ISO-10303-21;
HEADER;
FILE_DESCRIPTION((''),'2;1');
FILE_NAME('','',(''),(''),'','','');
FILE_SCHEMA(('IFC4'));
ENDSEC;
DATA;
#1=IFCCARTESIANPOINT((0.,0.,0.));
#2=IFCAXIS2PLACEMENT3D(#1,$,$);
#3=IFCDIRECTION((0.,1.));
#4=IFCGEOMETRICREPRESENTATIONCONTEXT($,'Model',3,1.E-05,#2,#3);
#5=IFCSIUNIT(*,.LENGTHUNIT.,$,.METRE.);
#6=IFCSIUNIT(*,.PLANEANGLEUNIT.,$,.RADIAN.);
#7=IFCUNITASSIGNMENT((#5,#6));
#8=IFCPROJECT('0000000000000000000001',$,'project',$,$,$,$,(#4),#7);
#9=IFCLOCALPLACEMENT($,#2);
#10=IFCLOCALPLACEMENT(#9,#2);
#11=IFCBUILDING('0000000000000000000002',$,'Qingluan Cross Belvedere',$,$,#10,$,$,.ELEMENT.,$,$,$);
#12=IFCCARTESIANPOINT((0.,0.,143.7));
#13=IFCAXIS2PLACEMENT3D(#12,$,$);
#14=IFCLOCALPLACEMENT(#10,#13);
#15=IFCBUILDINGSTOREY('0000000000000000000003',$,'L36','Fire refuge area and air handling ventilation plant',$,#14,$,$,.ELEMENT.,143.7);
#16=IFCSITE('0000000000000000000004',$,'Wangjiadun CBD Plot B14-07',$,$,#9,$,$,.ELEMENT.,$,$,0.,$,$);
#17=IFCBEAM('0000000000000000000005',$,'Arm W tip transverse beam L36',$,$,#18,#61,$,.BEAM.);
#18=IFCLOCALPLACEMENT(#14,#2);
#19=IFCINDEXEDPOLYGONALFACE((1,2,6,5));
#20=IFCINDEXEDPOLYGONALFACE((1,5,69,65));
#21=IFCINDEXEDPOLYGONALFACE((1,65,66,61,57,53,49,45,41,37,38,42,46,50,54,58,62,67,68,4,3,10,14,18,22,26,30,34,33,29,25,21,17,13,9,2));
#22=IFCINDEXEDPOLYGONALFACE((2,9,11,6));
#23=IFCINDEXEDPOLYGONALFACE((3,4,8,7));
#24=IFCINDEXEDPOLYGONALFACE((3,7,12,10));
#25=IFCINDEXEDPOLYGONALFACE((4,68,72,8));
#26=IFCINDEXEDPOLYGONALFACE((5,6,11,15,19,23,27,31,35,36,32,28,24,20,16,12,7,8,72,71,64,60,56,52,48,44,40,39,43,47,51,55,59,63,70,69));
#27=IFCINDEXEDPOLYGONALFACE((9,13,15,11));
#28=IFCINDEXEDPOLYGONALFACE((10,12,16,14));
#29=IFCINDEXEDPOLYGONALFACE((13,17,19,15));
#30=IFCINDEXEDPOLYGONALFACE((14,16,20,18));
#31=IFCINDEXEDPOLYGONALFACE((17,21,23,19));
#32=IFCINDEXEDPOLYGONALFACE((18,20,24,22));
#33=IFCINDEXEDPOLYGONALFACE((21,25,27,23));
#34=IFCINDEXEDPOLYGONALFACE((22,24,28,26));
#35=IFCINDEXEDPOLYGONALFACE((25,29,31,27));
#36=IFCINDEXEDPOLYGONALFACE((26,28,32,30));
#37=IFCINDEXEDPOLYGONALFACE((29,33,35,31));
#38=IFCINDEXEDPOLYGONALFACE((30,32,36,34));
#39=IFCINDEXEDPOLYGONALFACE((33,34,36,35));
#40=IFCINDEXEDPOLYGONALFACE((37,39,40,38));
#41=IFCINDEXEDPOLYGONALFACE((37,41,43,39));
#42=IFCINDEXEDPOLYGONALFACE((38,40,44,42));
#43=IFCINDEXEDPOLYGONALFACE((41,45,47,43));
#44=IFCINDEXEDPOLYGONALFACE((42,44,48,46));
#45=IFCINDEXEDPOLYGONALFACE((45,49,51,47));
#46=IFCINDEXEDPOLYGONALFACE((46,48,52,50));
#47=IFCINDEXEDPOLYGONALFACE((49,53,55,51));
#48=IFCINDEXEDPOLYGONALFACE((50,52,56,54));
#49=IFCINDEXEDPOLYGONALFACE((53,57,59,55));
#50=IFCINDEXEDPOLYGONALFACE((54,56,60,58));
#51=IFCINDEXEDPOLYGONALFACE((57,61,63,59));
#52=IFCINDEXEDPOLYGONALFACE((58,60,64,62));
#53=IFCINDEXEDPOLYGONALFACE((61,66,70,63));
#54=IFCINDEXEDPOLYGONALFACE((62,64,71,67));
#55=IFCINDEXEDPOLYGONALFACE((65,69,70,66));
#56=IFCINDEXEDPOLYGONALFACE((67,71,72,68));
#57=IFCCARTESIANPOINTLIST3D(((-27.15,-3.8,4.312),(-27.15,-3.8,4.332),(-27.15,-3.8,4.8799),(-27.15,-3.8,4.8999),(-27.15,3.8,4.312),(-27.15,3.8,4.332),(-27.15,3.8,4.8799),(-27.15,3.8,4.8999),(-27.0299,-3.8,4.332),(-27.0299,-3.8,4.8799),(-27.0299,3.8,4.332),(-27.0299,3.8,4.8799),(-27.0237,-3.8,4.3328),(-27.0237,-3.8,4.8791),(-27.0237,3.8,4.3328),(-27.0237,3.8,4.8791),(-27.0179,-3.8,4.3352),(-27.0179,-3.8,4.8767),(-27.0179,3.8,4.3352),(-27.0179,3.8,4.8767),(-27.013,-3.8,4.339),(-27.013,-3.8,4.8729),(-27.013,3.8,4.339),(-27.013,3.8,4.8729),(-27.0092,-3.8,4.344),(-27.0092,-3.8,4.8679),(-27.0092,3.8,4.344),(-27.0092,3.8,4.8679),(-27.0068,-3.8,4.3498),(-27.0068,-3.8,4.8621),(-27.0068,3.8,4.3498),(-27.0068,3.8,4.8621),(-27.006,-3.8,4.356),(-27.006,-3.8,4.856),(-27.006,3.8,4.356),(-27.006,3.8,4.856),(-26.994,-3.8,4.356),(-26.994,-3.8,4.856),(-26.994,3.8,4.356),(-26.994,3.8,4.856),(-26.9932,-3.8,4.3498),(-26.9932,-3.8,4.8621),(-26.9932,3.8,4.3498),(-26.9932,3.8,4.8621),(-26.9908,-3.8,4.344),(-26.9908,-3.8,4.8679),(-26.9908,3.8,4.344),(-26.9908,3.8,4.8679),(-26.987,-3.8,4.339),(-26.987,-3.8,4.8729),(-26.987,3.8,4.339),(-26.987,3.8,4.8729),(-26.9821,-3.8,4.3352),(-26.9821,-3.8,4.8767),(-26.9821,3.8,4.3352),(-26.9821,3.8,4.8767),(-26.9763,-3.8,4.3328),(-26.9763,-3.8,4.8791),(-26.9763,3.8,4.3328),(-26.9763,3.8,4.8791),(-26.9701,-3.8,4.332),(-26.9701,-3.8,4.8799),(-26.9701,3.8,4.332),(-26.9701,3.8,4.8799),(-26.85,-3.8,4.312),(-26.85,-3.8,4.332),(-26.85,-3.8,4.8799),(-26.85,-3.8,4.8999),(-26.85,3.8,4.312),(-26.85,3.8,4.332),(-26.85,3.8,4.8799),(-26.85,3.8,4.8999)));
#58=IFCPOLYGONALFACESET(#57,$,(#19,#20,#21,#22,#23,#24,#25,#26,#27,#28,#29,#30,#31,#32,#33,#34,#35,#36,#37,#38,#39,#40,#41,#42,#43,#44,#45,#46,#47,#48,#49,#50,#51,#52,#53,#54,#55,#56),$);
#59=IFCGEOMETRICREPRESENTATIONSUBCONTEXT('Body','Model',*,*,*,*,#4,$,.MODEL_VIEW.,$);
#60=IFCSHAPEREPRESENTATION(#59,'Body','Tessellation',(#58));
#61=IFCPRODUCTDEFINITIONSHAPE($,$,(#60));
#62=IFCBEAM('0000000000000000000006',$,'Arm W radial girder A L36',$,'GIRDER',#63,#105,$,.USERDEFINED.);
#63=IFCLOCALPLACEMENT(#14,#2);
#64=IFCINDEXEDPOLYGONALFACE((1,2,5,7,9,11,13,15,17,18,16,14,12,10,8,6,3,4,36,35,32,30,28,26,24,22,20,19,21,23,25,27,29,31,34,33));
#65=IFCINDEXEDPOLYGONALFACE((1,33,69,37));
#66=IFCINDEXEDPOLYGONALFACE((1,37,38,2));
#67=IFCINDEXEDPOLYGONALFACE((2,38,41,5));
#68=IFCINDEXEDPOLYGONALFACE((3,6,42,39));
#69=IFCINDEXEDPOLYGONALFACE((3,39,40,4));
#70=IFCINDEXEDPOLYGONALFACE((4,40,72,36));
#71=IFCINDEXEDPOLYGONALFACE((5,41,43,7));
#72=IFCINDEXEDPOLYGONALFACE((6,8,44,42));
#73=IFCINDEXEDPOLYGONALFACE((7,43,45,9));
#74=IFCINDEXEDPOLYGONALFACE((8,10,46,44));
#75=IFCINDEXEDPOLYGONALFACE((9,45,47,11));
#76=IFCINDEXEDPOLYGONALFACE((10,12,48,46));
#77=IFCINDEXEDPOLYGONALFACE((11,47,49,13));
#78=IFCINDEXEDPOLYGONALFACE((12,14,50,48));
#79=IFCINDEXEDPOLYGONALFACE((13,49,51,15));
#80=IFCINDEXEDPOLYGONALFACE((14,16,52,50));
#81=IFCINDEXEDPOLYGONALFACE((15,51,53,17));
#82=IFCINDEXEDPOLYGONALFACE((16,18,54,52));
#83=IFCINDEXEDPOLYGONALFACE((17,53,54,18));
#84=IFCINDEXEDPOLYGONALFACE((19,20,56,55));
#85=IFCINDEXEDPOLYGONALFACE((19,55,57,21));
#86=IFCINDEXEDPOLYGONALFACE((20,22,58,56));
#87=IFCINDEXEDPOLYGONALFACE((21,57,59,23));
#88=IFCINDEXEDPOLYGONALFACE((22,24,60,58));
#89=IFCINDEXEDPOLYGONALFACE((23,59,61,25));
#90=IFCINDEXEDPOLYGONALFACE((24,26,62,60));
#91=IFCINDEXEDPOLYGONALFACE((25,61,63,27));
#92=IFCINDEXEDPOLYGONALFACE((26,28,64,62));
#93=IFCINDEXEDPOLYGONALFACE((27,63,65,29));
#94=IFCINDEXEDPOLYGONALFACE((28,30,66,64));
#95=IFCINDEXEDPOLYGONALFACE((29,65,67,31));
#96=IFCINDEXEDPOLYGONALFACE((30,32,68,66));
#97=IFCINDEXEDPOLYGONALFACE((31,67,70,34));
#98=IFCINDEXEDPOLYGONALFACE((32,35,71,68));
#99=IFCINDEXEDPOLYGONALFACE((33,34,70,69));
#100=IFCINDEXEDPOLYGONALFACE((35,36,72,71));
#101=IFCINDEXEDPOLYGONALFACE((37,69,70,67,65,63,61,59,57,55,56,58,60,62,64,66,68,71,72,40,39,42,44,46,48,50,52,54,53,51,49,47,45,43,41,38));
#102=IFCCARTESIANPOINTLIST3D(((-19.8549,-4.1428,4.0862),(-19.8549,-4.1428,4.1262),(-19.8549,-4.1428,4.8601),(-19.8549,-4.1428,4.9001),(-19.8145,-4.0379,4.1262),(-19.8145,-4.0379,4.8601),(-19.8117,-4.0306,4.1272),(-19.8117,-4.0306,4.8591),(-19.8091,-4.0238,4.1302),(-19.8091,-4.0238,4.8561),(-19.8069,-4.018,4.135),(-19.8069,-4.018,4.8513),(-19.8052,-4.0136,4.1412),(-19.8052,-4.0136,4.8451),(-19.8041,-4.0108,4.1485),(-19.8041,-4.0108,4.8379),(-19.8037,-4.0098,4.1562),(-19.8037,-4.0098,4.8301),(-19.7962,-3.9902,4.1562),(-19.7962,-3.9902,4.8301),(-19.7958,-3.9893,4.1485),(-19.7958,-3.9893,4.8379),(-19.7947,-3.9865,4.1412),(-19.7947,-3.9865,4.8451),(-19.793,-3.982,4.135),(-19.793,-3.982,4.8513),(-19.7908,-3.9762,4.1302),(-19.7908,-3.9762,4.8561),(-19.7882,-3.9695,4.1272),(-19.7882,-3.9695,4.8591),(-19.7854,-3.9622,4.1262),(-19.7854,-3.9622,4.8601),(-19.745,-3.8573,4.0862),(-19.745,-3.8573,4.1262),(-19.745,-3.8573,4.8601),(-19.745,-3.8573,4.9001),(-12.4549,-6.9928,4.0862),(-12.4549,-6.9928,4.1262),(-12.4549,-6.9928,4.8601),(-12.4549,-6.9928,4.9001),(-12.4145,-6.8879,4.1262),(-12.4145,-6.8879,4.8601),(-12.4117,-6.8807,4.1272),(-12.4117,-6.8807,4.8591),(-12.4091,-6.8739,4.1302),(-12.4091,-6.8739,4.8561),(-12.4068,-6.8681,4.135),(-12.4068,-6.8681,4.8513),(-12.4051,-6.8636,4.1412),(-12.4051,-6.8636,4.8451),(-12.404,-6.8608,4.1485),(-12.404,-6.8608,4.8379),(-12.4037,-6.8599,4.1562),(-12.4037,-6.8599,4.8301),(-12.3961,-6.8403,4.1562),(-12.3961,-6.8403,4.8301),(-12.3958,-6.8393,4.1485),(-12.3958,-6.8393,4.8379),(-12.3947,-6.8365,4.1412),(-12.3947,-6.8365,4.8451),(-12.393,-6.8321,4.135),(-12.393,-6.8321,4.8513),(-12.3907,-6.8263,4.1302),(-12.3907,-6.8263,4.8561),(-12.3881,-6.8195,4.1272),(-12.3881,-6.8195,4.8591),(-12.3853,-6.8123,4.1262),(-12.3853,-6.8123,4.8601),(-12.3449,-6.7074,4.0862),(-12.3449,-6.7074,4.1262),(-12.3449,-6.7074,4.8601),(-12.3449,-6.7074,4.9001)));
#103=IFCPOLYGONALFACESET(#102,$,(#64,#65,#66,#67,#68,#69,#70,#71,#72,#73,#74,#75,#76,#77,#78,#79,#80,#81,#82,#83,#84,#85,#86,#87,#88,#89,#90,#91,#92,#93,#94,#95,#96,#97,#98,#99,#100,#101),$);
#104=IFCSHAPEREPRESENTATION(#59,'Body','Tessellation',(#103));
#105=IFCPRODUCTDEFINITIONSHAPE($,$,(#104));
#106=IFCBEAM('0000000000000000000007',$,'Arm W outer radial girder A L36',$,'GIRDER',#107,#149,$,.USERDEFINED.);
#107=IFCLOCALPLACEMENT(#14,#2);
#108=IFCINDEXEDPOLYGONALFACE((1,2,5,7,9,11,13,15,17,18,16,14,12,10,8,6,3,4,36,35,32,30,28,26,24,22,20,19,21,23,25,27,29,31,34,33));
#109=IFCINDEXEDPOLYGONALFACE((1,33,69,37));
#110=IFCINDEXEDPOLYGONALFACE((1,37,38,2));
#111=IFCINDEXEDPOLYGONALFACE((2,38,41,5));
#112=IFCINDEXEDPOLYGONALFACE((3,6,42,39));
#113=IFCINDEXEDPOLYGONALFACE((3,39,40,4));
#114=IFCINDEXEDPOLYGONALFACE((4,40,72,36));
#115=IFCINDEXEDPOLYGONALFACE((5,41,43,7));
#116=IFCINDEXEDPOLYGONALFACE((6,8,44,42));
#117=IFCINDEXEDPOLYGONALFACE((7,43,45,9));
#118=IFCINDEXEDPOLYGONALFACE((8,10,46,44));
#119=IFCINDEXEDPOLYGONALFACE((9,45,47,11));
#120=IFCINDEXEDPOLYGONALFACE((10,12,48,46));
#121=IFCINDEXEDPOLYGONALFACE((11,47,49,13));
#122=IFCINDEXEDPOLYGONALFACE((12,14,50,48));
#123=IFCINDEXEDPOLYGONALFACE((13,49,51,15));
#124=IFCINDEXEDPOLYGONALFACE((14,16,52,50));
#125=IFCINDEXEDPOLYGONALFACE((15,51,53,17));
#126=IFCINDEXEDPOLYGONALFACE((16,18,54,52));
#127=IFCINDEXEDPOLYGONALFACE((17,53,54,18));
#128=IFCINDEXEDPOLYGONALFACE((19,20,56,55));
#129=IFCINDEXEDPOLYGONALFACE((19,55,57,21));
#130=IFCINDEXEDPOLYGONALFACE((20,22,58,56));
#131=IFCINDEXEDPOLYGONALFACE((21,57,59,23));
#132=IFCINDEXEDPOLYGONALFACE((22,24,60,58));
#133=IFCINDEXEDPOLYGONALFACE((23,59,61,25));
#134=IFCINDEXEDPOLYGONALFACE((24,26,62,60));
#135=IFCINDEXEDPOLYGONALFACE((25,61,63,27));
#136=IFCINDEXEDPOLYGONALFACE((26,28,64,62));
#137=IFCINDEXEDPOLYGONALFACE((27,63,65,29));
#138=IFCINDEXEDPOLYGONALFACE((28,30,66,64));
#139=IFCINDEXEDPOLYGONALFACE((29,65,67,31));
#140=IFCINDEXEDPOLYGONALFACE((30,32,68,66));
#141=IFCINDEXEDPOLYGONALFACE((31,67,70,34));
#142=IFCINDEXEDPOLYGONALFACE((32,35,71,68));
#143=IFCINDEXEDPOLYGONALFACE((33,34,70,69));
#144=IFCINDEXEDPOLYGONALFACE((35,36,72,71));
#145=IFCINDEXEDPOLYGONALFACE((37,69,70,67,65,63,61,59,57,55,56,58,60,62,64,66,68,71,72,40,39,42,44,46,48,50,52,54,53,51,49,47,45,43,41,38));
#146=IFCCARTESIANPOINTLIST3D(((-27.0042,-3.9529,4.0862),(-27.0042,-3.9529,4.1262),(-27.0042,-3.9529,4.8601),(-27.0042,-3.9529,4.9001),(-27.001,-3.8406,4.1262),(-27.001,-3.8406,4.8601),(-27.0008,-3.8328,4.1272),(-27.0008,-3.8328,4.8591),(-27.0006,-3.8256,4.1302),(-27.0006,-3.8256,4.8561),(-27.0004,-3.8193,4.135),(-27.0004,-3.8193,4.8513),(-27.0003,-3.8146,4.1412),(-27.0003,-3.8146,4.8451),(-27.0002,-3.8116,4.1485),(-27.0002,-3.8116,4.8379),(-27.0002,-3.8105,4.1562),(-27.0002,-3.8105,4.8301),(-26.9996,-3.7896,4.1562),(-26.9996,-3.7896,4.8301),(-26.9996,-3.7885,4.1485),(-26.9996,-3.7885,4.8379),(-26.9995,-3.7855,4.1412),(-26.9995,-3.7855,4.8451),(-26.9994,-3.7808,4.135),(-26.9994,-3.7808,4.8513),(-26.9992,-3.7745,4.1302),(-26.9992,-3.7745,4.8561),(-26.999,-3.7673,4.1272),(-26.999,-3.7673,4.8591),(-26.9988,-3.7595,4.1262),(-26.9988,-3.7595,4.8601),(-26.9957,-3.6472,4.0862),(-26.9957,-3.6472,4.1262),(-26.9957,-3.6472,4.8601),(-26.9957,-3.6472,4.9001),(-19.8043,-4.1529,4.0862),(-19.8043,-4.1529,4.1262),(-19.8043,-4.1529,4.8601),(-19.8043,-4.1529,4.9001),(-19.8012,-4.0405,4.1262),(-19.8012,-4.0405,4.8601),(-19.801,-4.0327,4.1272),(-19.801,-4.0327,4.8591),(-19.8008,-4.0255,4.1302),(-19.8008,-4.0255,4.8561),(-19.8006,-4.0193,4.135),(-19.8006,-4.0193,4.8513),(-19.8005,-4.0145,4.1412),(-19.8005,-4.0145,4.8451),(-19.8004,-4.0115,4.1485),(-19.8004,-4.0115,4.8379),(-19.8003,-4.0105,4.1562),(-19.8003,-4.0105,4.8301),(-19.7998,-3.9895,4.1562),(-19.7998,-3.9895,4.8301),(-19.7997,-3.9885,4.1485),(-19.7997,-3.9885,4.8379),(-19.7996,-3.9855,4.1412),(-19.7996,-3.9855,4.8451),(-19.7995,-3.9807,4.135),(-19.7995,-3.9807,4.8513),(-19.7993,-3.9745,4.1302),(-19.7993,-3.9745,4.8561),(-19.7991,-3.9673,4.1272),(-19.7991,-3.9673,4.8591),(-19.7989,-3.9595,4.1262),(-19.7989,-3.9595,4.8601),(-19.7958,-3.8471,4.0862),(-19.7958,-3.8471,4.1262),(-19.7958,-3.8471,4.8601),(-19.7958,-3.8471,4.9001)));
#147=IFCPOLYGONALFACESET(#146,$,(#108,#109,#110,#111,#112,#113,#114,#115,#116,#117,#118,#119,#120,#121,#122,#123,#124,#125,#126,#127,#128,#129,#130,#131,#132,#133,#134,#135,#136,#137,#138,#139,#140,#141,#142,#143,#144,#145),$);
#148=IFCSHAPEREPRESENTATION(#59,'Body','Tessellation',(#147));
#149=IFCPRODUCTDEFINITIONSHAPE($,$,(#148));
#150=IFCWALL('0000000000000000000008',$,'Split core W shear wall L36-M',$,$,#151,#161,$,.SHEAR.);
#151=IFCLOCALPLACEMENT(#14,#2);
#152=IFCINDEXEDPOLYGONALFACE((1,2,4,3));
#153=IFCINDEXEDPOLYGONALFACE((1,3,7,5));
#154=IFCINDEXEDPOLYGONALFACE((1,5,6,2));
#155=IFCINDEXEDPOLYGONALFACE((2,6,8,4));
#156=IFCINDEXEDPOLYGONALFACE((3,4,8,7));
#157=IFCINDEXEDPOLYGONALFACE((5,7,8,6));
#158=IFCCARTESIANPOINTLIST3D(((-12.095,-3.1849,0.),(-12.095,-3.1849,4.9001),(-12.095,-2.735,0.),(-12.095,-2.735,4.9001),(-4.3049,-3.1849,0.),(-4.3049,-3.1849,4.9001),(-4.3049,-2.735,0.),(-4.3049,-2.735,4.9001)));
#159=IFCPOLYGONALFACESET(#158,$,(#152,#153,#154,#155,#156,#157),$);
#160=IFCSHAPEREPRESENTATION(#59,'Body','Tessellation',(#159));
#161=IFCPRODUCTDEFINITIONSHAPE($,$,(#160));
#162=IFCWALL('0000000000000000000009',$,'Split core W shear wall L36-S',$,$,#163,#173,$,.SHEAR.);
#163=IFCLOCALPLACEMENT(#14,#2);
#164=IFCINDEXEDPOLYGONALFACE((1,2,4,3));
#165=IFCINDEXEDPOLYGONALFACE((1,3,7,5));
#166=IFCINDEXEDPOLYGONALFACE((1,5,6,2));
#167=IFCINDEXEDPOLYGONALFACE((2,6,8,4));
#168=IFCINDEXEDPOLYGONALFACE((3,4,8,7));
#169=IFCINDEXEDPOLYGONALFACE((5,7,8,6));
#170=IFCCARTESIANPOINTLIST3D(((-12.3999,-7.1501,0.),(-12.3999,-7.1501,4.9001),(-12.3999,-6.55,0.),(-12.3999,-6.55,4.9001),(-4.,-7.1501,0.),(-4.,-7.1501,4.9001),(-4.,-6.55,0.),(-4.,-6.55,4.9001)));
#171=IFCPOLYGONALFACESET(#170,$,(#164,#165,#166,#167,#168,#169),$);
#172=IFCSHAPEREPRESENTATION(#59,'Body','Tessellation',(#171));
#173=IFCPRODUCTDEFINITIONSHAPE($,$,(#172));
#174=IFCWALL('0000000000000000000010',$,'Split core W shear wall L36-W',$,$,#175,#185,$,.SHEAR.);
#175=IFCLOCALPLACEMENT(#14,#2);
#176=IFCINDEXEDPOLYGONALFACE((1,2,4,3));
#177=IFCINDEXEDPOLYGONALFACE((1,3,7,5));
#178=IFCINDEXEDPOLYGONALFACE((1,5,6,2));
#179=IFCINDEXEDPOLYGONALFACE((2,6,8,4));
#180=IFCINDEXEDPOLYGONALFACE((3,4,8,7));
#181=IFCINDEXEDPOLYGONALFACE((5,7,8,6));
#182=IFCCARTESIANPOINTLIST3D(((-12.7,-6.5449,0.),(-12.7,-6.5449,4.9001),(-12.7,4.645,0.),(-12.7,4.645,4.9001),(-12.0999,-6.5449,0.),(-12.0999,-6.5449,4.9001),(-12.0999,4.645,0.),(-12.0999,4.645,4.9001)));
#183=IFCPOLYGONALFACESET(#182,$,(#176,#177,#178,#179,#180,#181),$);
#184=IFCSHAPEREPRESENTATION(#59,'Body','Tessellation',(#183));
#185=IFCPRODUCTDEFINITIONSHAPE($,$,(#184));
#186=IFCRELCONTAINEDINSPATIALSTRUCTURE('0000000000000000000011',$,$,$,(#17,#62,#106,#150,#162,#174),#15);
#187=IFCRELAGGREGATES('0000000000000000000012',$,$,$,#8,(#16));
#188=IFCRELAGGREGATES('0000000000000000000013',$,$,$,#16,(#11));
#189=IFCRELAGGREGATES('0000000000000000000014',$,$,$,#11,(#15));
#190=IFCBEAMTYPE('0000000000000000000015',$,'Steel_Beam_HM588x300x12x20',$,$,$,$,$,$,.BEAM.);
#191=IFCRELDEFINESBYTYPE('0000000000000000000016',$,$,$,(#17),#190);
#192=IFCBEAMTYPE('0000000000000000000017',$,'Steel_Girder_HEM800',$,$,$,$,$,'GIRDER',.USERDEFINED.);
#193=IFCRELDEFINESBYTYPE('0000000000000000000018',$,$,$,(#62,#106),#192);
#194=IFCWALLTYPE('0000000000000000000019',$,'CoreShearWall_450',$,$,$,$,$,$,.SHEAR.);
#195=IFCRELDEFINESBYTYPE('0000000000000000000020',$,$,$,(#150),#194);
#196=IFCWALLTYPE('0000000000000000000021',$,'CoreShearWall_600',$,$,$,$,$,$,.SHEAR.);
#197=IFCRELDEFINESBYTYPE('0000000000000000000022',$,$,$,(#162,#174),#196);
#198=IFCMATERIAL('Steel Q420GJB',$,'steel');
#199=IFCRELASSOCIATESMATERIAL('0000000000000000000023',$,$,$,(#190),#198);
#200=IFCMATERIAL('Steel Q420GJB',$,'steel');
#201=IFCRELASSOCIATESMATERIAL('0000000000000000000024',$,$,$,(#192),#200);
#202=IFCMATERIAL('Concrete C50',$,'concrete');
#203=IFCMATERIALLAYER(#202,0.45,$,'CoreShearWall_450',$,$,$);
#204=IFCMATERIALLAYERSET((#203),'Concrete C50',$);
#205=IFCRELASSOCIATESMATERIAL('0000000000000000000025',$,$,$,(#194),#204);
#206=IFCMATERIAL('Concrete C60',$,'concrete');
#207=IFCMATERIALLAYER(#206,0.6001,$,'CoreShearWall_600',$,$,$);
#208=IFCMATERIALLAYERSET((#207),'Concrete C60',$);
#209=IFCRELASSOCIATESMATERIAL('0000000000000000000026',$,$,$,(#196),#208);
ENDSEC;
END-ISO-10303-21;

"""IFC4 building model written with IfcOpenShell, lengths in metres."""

from ifc_helpers import new_model, si_unit, direction, frame, frame_2d, origin, origin_2d, place, context, subcontext, project, spatial, rectangle, i_section, extrude, material, layer, layer_set, material_profile, profile_set, type_object, element, save


model = new_model("IFC4")

# Units and contexts
model_context = context("Model", 3, precision=1e-05, world=origin(), true_north=direction((0.0, 1.0)))
body_context = subcontext(model_context, "Body", "Model", "MODEL_VIEW")
ifc_project = project(units=[si_unit("LENGTHUNIT", "METRE"), si_unit("PLANEANGLEUNIT", "RADIAN")], contexts=[model_context])

# Site, building, storey
site_placement = place(None, origin())
site = spatial("IfcSite", under=ifc_project, at=site_placement, Name="Wangjiadun CBD Plot B14-07", CompositionType="ELEMENT", RefElevation=0.0)
building_placement = place(site_placement, origin())
building = spatial("IfcBuilding", under=site, at=building_placement, Name="Qingluan Cross Belvedere", CompositionType="ELEMENT")
storey_placement = place(building_placement, frame((0.0, 0.0, 143.7)))
storey = spatial("IfcBuildingStorey", under=building, at=storey_placement, Name="L36", Description="Fire refuge area and air handling ventilation plant", CompositionType="ELEMENT", Elevation=143.7)

# Beams
ifc_material_1 = material(Name="Steel Q420GJB", Category="steel")
ifc_material_profile_1 = material_profile(ifc_material_1, i_section(OverallWidth=0.3, OverallDepth=0.5879, WebThickness=0.012, FlangeThickness=0.02, FilletRadius=0.0239, at=origin_2d()), Name="HM588x300x12x20")
ifc_profile_set_1 = profile_set([ifc_material_profile_1], Name="Steel Q420GJB")
beam_type_1 = type_object("IfcBeamType", Name="Steel_Beam_HM588x300x12x20", PredefinedType="BEAM", material=ifc_profile_set_1)
beam_1_placement = place(storey_placement, frame((-27.0, -3.8, 4.606), z_axis=(0.0, 1.0, 0.0), x_axis=(-1.0, 0.0, 0.0)))
element("IfcBeam", 1, at=beam_1_placement, inside=storey, type_object=beam_type_1, Name="Arm W tip transverse beam L36", PredefinedType="BEAM", context=body_context, shape_type="SweptSolid", body=[
    extrude(i_section(OverallWidth=0.3, OverallDepth=0.5879, WebThickness=0.012, FlangeThickness=0.02, FilletRadius=0.0239, at=origin_2d()), origin(), (0.0, 0.0, 1.0), 7.6001),
])
ifc_material_2 = material(Name="Steel Q420GJB", Category="steel")
ifc_material_profile_2 = material_profile(ifc_material_2, i_section(OverallWidth=0.3059, OverallDepth=0.814, WebThickness=0.021, FlangeThickness=0.04, FilletRadius=0.03, at=origin_2d()), Name="HEM800")
ifc_profile_set_2 = profile_set([ifc_material_profile_2], Name="Steel Q420GJB")
beam_type_2 = type_object("IfcBeamType", Name="Steel_Girder_HEM800", ElementType="GIRDER", PredefinedType="USERDEFINED", material=ifc_profile_set_2)
beam_2_placement = place(storey_placement, frame((-12.3999, -6.8501, 4.4932), z_axis=(-0.933181, 0.359406, 0.0), x_axis=(-0.359406, -0.933181, 0.0)))
element("IfcBeam", 2, at=beam_2_placement, inside=storey, type_object=beam_type_2, Name="Arm W radial girder A L36", ObjectType="GIRDER", PredefinedType="USERDEFINED", context=body_context, shape_type="SweptSolid", body=[
    extrude(i_section(OverallWidth=0.3059, OverallDepth=0.814, WebThickness=0.021, FlangeThickness=0.04, FilletRadius=0.03, at=origin_2d()), origin(), (0.0, 0.0, 1.0), 7.9299),
])
beam_3_placement = place(storey_placement, frame((-19.8, -4.0, 4.4932), z_axis=(-0.999615, 0.02776, 0.0), x_axis=(-0.02776, -0.999615, 0.0)))
element("IfcBeam", 3, at=beam_3_placement, inside=storey, type_object=beam_type_2, Name="Arm W outer radial girder A L36", ObjectType="GIRDER", PredefinedType="USERDEFINED", context=body_context, shape_type="SweptSolid", body=[
    extrude(i_section(OverallWidth=0.3059, OverallDepth=0.814, WebThickness=0.021, FlangeThickness=0.04, FilletRadius=0.03, at=origin_2d()), origin(), (0.0, 0.0, 1.0), 7.2026),
])

# Walls
ifc_material_3 = material(Name="Concrete C50", Category="concrete")
ifc_layer_1 = layer(ifc_material_3, 0.45, Name="CoreShearWall_450")
ifc_layer_set_1 = layer_set([ifc_layer_1], Name="Concrete C50")
wall_type_1 = type_object("IfcWallType", Name="CoreShearWall_450", PredefinedType="SHEAR", material=ifc_layer_set_1)
wall_1_placement = place(storey_placement, frame((-12.095, -2.96, 0.0), z_axis=(0.0, 0.0, 1.0), x_axis=(1.0, 0.0, 0.0)))
element("IfcWall", 4, at=wall_1_placement, inside=storey, type_object=wall_type_1, Name="Split core W shear wall L36-M", PredefinedType="SHEAR", context=body_context, shape_type="SweptSolid", body=[
    extrude(rectangle(XDim=7.79, YDim=0.45, at=frame_2d((3.895, 0.0))), origin(), (0.0, 0.0, 1.0), 4.9001),
])
ifc_material_4 = material(Name="Concrete C60", Category="concrete")
ifc_layer_2 = layer(ifc_material_4, 0.6001, Name="CoreShearWall_600")
ifc_layer_set_2 = layer_set([ifc_layer_2], Name="Concrete C60")
wall_type_2 = type_object("IfcWallType", Name="CoreShearWall_600", PredefinedType="SHEAR", material=ifc_layer_set_2)
wall_2_placement = place(storey_placement, frame((-12.3999, -6.8501, 0.0), z_axis=(0.0, 0.0, 1.0), x_axis=(1.0, 0.0, 0.0)))
element("IfcWall", 5, at=wall_2_placement, inside=storey, type_object=wall_type_2, Name="Split core W shear wall L36-S", PredefinedType="SHEAR", context=body_context, shape_type="SweptSolid", body=[
    extrude(rectangle(XDim=8.3999, YDim=0.6001, at=frame_2d((4.2, 0.0))), origin(), (0.0, 0.0, 1.0), 4.9001),
])
wall_3_placement = place(storey_placement, frame((-12.3999, -6.5449, 0.0), z_axis=(0.0, 0.0, 1.0), x_axis=(0.0, 1.0, 0.0)))
element("IfcWall", 6, at=wall_3_placement, inside=storey, type_object=wall_type_2, Name="Split core W shear wall L36-W", PredefinedType="SHEAR", context=body_context, shape_type="SweptSolid", body=[
    extrude(rectangle(XDim=11.1899, YDim=0.6001, at=frame_2d((5.595, 0.0))), origin(), (0.0, 0.0, 1.0), 4.9001),
])

save(model, "model.ifc")
